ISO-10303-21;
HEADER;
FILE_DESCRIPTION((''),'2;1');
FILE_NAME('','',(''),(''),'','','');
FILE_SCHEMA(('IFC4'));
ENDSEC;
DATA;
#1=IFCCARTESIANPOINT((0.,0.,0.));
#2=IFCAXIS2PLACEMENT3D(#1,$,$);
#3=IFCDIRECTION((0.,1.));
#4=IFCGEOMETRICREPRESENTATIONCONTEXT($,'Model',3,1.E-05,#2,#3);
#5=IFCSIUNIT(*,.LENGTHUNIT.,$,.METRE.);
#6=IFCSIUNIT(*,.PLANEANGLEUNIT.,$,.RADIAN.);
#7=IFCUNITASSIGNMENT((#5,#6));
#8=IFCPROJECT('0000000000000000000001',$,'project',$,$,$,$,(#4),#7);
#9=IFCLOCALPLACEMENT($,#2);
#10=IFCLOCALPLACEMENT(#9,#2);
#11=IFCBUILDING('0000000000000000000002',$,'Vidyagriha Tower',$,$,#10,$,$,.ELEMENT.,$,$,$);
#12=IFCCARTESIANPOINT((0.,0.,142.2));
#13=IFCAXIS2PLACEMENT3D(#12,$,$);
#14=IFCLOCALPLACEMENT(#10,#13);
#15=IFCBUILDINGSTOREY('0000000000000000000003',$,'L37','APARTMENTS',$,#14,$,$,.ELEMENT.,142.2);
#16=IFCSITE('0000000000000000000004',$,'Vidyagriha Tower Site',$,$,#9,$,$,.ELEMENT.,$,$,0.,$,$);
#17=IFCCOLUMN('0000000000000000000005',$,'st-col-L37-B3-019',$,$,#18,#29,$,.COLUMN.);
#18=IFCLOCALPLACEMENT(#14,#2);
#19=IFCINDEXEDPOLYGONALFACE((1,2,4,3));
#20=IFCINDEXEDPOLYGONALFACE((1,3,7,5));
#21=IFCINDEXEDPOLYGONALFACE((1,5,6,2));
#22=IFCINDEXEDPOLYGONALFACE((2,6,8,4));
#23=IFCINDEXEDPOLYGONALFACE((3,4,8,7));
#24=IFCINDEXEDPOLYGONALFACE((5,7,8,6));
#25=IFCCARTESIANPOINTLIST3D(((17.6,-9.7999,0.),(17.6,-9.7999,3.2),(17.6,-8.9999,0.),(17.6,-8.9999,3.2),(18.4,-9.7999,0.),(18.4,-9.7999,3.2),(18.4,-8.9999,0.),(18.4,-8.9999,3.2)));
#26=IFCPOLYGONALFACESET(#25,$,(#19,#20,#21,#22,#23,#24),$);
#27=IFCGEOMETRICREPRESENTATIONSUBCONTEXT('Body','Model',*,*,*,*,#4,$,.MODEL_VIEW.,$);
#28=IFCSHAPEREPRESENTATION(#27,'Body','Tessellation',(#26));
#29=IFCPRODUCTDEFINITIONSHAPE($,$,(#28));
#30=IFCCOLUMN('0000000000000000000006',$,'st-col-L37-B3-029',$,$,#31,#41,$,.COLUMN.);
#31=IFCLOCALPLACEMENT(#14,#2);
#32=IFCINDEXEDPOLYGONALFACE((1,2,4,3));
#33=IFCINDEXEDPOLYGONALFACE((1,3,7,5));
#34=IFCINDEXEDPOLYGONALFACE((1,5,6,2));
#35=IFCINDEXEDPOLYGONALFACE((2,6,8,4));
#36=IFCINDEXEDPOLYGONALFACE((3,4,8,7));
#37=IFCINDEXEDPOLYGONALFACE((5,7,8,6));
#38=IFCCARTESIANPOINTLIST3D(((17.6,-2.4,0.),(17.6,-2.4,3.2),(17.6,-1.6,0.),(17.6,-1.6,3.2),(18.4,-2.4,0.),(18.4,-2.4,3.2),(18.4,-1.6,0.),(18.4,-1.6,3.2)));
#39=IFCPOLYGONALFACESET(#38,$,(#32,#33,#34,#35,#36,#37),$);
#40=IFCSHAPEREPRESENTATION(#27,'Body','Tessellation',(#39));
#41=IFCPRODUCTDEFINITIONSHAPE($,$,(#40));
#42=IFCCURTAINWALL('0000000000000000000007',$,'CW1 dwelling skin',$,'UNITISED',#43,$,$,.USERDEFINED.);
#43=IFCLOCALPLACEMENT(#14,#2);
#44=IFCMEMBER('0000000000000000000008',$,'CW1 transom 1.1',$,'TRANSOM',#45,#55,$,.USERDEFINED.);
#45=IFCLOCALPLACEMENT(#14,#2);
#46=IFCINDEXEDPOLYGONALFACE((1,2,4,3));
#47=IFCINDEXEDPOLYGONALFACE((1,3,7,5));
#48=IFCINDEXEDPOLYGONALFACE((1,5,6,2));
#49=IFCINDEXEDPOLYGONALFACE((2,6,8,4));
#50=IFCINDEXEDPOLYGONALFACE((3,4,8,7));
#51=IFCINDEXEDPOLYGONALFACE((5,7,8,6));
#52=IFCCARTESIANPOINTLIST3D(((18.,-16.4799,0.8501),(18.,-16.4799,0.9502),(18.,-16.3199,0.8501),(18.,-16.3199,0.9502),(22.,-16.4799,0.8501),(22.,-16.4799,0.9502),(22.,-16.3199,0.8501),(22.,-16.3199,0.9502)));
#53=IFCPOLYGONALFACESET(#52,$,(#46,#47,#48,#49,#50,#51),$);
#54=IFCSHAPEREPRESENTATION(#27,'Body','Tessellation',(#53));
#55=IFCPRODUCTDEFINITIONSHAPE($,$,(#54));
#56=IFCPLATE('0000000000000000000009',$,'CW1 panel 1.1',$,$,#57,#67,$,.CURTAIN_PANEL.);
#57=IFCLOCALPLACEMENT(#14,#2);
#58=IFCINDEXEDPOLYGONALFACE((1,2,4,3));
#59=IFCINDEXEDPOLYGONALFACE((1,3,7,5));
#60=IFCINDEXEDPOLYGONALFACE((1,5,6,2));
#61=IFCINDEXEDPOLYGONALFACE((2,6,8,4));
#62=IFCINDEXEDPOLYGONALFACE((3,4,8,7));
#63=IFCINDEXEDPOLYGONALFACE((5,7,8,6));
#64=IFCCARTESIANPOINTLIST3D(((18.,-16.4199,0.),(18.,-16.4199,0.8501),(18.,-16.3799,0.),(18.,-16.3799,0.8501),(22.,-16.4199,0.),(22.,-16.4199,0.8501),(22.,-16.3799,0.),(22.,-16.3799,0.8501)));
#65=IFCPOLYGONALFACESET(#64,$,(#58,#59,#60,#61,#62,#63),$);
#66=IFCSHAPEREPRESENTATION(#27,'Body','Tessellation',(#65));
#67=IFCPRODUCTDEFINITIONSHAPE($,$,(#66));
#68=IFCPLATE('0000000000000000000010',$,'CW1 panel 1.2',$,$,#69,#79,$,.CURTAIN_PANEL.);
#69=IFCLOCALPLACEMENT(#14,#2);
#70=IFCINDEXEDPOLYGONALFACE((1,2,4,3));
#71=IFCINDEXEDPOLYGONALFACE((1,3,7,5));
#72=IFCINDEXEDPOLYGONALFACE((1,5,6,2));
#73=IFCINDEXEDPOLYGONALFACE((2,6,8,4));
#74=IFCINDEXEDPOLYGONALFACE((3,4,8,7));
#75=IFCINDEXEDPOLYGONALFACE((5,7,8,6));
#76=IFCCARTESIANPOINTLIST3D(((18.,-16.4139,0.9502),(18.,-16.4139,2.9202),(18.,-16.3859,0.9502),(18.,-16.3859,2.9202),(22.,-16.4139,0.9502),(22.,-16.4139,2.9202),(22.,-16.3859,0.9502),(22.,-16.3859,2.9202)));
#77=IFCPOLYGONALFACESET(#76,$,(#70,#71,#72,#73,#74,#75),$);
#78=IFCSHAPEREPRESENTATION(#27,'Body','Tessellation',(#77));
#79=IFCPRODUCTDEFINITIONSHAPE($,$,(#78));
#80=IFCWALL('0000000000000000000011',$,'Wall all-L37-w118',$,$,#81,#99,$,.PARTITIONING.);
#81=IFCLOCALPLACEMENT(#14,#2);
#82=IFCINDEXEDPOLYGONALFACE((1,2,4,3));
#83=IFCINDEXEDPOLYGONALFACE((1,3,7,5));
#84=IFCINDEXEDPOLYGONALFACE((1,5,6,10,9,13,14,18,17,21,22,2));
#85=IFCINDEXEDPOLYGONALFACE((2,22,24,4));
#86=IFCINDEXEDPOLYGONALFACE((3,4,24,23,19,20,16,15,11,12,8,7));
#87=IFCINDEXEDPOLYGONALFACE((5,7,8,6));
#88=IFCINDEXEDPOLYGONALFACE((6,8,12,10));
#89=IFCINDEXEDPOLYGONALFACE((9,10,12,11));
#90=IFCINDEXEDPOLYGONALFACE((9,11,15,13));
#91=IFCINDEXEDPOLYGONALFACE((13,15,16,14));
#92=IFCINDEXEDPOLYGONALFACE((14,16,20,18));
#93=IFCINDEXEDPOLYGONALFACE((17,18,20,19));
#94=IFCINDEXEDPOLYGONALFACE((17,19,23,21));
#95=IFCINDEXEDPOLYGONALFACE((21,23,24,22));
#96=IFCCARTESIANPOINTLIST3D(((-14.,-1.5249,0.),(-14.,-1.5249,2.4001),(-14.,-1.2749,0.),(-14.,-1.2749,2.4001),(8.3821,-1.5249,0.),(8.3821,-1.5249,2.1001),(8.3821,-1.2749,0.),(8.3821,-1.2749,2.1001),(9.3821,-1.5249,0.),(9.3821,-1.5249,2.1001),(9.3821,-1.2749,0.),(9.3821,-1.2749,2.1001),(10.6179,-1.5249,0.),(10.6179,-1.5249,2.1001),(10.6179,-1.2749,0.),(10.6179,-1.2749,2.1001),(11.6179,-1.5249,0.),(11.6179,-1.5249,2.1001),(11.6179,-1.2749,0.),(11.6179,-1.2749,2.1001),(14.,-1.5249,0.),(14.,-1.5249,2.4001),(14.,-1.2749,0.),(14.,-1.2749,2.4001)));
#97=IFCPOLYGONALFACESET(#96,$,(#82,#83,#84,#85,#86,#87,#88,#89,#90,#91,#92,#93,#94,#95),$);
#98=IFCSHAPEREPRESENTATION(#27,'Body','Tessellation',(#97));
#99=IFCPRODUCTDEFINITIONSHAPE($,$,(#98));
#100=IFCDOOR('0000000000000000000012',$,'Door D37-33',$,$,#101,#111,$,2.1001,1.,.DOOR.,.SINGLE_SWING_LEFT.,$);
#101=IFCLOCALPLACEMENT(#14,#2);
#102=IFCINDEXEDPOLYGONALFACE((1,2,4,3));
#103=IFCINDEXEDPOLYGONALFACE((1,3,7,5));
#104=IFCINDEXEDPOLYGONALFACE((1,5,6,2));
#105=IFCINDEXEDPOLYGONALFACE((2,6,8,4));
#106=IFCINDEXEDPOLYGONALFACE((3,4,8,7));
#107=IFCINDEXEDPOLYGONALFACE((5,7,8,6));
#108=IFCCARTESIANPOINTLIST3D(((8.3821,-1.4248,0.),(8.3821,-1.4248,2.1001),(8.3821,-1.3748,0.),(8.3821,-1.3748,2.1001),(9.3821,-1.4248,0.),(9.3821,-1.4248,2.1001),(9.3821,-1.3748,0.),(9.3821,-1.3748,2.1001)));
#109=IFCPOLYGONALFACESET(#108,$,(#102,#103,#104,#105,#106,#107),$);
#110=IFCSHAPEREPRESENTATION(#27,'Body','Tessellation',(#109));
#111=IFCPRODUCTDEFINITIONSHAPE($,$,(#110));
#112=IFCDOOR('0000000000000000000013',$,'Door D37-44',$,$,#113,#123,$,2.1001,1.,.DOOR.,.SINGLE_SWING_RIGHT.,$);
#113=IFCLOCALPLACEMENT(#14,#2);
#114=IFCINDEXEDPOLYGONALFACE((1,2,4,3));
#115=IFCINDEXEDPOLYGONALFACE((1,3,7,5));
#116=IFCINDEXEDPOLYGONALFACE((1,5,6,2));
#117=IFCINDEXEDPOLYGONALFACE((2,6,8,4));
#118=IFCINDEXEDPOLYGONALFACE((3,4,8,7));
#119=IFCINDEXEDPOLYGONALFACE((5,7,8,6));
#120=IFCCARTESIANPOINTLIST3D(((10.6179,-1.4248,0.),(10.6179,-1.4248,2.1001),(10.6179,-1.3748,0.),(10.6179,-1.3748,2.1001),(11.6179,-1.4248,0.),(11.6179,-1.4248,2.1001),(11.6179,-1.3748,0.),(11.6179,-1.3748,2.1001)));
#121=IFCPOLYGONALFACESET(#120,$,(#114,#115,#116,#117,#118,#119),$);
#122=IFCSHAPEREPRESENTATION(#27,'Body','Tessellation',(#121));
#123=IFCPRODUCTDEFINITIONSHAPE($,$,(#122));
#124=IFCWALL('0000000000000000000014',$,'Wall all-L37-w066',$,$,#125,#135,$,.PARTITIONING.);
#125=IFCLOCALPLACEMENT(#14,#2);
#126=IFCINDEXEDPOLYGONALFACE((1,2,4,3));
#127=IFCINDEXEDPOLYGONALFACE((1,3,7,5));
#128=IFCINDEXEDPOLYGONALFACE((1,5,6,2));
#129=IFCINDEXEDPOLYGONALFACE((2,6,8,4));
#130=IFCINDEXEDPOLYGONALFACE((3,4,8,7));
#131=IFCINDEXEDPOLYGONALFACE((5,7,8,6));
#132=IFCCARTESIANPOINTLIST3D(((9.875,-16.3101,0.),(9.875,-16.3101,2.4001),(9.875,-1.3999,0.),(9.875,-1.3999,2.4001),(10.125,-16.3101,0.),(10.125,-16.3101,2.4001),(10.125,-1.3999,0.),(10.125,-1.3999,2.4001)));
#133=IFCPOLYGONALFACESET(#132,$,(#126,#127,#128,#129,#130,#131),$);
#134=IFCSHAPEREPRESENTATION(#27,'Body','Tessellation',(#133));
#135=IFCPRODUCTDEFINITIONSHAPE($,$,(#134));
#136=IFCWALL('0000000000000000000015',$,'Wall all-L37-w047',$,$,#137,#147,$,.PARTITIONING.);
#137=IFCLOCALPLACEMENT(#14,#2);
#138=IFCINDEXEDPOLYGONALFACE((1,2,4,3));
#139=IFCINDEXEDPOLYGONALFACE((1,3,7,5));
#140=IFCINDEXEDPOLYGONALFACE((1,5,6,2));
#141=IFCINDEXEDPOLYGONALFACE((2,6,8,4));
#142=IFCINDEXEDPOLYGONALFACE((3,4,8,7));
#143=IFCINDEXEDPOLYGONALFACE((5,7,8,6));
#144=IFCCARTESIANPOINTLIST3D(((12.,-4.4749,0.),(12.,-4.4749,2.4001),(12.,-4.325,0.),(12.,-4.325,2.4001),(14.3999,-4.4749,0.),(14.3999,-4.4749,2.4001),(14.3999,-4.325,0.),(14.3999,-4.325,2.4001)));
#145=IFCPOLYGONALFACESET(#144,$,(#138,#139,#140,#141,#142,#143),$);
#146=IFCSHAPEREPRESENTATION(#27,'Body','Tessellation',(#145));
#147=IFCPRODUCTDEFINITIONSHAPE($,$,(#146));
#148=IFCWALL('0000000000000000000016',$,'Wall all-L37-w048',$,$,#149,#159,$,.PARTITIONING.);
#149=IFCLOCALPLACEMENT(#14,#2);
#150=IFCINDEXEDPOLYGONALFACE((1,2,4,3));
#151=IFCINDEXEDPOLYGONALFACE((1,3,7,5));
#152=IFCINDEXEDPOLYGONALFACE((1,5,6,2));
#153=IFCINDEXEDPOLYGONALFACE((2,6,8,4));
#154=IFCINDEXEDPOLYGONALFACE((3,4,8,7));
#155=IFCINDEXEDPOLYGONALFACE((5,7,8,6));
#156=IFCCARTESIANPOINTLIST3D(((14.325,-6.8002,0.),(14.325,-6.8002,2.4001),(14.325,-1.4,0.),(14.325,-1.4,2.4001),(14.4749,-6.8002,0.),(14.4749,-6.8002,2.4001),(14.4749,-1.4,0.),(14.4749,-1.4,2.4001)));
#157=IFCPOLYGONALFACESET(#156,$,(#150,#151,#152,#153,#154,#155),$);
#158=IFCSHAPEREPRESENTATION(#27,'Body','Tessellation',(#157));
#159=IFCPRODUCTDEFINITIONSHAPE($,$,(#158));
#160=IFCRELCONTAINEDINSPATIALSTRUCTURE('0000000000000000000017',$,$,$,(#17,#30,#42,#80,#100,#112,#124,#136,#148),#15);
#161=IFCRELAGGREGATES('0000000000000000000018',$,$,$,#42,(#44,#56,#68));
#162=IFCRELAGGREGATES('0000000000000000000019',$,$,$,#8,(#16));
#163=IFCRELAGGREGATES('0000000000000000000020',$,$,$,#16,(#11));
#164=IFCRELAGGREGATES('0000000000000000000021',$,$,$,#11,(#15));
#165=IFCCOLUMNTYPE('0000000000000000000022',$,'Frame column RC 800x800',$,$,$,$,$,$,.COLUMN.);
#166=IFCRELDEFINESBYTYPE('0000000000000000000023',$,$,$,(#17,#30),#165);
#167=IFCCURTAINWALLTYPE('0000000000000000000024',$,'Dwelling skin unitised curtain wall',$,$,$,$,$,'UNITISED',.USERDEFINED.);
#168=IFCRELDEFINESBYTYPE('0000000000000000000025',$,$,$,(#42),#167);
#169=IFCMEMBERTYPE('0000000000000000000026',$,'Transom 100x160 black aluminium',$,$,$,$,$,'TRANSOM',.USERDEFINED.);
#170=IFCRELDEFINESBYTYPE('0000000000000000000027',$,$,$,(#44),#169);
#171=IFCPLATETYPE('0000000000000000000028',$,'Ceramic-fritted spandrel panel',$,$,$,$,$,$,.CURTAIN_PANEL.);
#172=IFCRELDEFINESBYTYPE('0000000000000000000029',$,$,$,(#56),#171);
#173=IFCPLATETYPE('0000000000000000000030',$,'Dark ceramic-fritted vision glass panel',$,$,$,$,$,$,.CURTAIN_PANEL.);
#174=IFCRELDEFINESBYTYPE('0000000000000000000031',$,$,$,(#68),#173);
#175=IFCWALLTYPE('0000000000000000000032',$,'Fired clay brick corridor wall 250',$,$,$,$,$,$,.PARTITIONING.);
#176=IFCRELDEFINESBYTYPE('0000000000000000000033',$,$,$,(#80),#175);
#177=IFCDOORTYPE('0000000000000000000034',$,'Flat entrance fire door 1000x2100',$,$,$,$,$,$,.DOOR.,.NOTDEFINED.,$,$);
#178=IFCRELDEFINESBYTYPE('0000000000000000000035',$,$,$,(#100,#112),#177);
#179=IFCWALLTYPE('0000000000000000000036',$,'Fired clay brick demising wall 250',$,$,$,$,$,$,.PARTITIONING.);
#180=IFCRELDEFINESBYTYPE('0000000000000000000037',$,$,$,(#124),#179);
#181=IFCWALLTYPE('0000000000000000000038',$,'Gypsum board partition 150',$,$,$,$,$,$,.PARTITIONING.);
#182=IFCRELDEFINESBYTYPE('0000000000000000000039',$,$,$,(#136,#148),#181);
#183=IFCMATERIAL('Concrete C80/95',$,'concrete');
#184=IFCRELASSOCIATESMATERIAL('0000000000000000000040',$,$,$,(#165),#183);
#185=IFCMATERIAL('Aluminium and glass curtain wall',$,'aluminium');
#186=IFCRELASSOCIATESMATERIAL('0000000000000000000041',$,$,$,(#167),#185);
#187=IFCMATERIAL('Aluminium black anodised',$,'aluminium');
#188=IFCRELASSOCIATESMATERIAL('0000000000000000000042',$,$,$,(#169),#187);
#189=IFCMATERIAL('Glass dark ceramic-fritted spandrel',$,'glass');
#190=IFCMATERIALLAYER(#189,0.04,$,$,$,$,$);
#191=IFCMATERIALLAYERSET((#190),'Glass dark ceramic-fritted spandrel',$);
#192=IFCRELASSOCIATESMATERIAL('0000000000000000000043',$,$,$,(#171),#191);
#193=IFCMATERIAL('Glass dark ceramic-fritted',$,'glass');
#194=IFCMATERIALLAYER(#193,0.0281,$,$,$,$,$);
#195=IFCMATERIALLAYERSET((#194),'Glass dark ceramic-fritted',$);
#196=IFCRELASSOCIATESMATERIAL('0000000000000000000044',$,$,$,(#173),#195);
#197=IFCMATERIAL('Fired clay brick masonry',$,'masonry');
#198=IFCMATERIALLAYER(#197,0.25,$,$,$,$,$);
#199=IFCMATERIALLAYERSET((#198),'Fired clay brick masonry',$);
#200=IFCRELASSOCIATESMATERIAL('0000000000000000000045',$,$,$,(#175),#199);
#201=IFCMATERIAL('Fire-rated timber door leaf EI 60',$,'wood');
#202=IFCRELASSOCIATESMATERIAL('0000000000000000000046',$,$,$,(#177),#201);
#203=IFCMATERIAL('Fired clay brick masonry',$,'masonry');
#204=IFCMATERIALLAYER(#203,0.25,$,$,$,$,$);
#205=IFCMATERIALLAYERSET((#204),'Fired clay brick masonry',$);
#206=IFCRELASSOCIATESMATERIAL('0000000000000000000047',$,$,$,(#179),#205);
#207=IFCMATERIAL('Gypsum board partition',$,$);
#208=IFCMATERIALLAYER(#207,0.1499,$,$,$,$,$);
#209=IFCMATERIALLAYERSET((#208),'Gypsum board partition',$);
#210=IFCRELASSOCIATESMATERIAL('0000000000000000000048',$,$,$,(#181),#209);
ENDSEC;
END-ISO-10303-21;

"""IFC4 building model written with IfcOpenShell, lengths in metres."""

from ifc_helpers import new_model, si_unit, direction, frame, frame_2d, origin, origin_2d, place, context, subcontext, project, spatial, rectangle, extrude, material, layer, layer_set, material_profile, profile_set, type_object, element, fill, aggregate, save


model = new_model("IFC4")

# Units and contexts
model_context = context("Model", 3, precision=1e-05, world=origin(), true_north=direction((0.0, 1.0)))
body_context = subcontext(model_context, "Body", "Model", "MODEL_VIEW")
ifc_project = project(units=[si_unit("LENGTHUNIT", "METRE"), si_unit("PLANEANGLEUNIT", "RADIAN")], contexts=[model_context])

# Site, building, storey
site_placement = place(None, origin())
site = spatial("IfcSite", under=ifc_project, at=site_placement, Name="Vidyagriha Tower Site", CompositionType="ELEMENT", RefElevation=0.0)
building_placement = place(site_placement, origin())
building = spatial("IfcBuilding", under=site, at=building_placement, Name="Vidyagriha Tower", CompositionType="ELEMENT")
storey_placement = place(building_placement, frame((0.0, 0.0, 142.2)))
storey = spatial("IfcBuildingStorey", under=building, at=storey_placement, Name="L37", Description="APARTMENTS", CompositionType="ELEMENT", Elevation=142.2)

# Columns
ifc_material_1 = material(Name="Concrete C80/95", Category="concrete")
ifc_material_profile_1 = material_profile(ifc_material_1, rectangle(XDim=0.8, YDim=0.8, at=origin_2d()), Name="RC 800x800")
ifc_profile_set_1 = profile_set([ifc_material_profile_1], Name="Concrete C80/95")
column_type = type_object("IfcColumnType", Name="Frame column RC 800x800", PredefinedType="COLUMN", material=ifc_profile_set_1)
for number, where, name in (
    (1, (18.0, -9.3999, 0.0), "st-col-L37-B3-019"),
    (2, (18.0, -2.0, 0.0), "st-col-L37-B3-029"),
):
    element("IfcColumn", number, at=place(storey_placement, frame(where)), inside=storey, type_object=column_type, Name=name, PredefinedType="COLUMN", context=body_context, shape_type="SweptSolid", body=[
        extrude(rectangle(XDim=0.8, YDim=0.8, at=origin_2d()), origin(), (0.0, 0.0, 1.0), 3.2),
    ])

# Curtain wall, member, plates
ifc_material_2 = material(Name="Aluminium and glass curtain wall", Category="aluminium")
curtain_wall_type = type_object("IfcCurtainWallType", Name="Dwelling skin unitised curtain wall", ElementType="UNITISED", PredefinedType="USERDEFINED", material=ifc_material_2)
curtain_wall_placement = place(storey_placement, origin())
curtain_wall = element("IfcCurtainWall", 3, at=curtain_wall_placement, inside=storey, type_object=curtain_wall_type, Name="CW1 dwelling skin", ObjectType="UNITISED", PredefinedType="USERDEFINED")
ifc_material_3 = material(Name="Aluminium black anodised", Category="aluminium")
ifc_material_profile_2 = material_profile(ifc_material_3, rectangle(XDim=0.1599, YDim=0.1001, at=origin_2d()), Name="Transom 100x160 black aluminium")
ifc_profile_set_2 = profile_set([ifc_material_profile_2], Name="Aluminium black anodised")
member_type = type_object("IfcMemberType", Name="Transom 100x160 black aluminium", ElementType="TRANSOM", PredefinedType="USERDEFINED", material=ifc_profile_set_2)
member_placement = place(storey_placement, frame((18.0, -16.3999, 0.9001), z_axis=(1.0, 0.0, 0.0), x_axis=(0.0, 1.0, 0.0)))
member = element("IfcMember", 4, at=member_placement, type_object=member_type, Name="CW1 transom 1.1", ObjectType="TRANSOM", PredefinedType="USERDEFINED", context=body_context, shape_type="SweptSolid", body=[
    extrude(rectangle(XDim=0.1599, YDim=0.1001, at=origin_2d()), origin(), (0.0, 0.0, 1.0), 4.0),
])
ifc_material_4 = material(Name="Glass dark ceramic-fritted spandrel", Category="glass")
ifc_layer_1 = layer(ifc_material_4, 0.04)
ifc_layer_set_1 = layer_set([ifc_layer_1], Name="Glass dark ceramic-fritted spandrel")
plate_type_1 = type_object("IfcPlateType", Name="Ceramic-fritted spandrel panel", PredefinedType="CURTAIN_PANEL", material=ifc_layer_set_1)
plate_1_placement = place(storey_placement, frame((20.0, -16.3999, 0.0)))
plate_1 = element("IfcPlate", 5, at=plate_1_placement, type_object=plate_type_1, Name="CW1 panel 1.1", PredefinedType="CURTAIN_PANEL", context=body_context, shape_type="SweptSolid", body=[
    extrude(rectangle(XDim=4.0, YDim=0.04, at=origin_2d()), origin(), (0.0, 0.0, 1.0), 0.8501),
])
ifc_material_5 = material(Name="Glass dark ceramic-fritted", Category="glass")
ifc_layer_2 = layer(ifc_material_5, 0.0281)
ifc_layer_set_2 = layer_set([ifc_layer_2], Name="Glass dark ceramic-fritted")
plate_type_2 = type_object("IfcPlateType", Name="Dark ceramic-fritted vision glass panel", PredefinedType="CURTAIN_PANEL", material=ifc_layer_set_2)
plate_2_placement = place(storey_placement, frame((20.0, -16.3999, 0.9502)))
plate_2 = element("IfcPlate", 6, at=plate_2_placement, type_object=plate_type_2, Name="CW1 panel 1.2", PredefinedType="CURTAIN_PANEL", context=body_context, shape_type="SweptSolid", body=[
    extrude(rectangle(XDim=4.0, YDim=0.0281, at=origin_2d()), origin(), (0.0, 0.0, 1.0), 1.97),
])
aggregate(curtain_wall, [member, plate_1, plate_2])

# Wall, openings, doors
ifc_material_6 = material(Name="Fired clay brick masonry", Category="masonry")
ifc_layer_3 = layer(ifc_material_6, 0.25)
ifc_layer_set_3 = layer_set([ifc_layer_3], Name="Fired clay brick masonry")
wall_type_1 = type_object("IfcWallType", Name="Fired clay brick corridor wall 250", PredefinedType="PARTITIONING", material=ifc_layer_set_3)
wall_1_placement = place(storey_placement, frame((14.0, -1.3999, 0.0), z_axis=(0.0, 0.0, 1.0), x_axis=(-1.0, 0.0, 0.0)))
wall_1 = element("IfcWall", 7, at=wall_1_placement, inside=storey, type_object=wall_type_1, Name="Wall all-L37-w118", PredefinedType="PARTITIONING", context=body_context, shape_type="SweptSolid", body=[
    extrude(rectangle(XDim=28.0, YDim=0.25, at=frame_2d((14.0, 0.0))), origin(), (0.0, 0.0, 1.0), 2.4001),
])
opening_1_placement = place(wall_1_placement, frame((4.6179, 0.0, 0.0)))
opening_1 = element("IfcOpeningElement", 8, at=opening_1_placement, cuts=wall_1, PredefinedType="OPENING", context=body_context, shape_type="SweptSolid", body=[
    extrude(rectangle(XDim=1.0, YDim=2.1001, at=frame_2d((0.5, 1.05))), frame((0.0, 0.135, 0.0), z_axis=(0.0, -1.0, 0.0), x_axis=(1.0, 0.0, 0.0)), (0.0, 0.0, 1.0), 0.27),
])
opening_2_placement = place(wall_1_placement, frame((2.3821, 0.0, 0.0)))
opening_2 = element("IfcOpeningElement", 9, at=opening_2_placement, cuts=wall_1, PredefinedType="OPENING", context=body_context, shape_type="SweptSolid", body=[
    extrude(rectangle(XDim=1.0, YDim=2.1001, at=frame_2d((0.5, 1.05))), frame((0.0, 0.135, 0.0), z_axis=(0.0, -1.0, 0.0), x_axis=(1.0, 0.0, 0.0)), (0.0, 0.0, 1.0), 0.27),
])
ifc_material_7 = material(Name="Fire-rated timber door leaf EI 60", Category="wood")
door_type_1 = type_object("IfcDoorType", Name="Flat entrance fire door 1000x2100", OperationType="NOTDEFINED", PredefinedType="DOOR", material=ifc_material_7)
door_1_placement = place(opening_1_placement, origin())
door_1 = element("IfcDoor", 10, at=door_1_placement, inside=storey, type_object=door_type_1, Name="Door D37-33", OperationType="SINGLE_SWING_LEFT", OverallHeight=2.1001, OverallWidth=1.0, PredefinedType="DOOR", context=body_context, shape_type="SweptSolid", body=[
    extrude(rectangle(XDim=1.0, YDim=2.1001, at=frame_2d((0.5, 1.05))), frame((0.0, 0.0249, 0.0), z_axis=(0.0, -1.0, 0.0), x_axis=(1.0, 0.0, 0.0)), (0.0, 0.0, 1.0), 0.05),
])
fill(opening_1, door_1)
door_2_placement = place(opening_2_placement, origin())
door_2 = element("IfcDoor", 11, at=door_2_placement, inside=storey, type_object=door_type_1, Name="Door D37-44", OperationType="SINGLE_SWING_RIGHT", OverallHeight=2.1001, OverallWidth=1.0, PredefinedType="DOOR", context=body_context, shape_type="SweptSolid", body=[
    extrude(rectangle(XDim=1.0, YDim=2.1001, at=frame_2d((0.5, 1.05))), frame((0.0, 0.0249, 0.0), z_axis=(0.0, -1.0, 0.0), x_axis=(1.0, 0.0, 0.0)), (0.0, 0.0, 1.0), 0.05),
])
fill(opening_2, door_2)

# Walls
ifc_material_8 = material(Name="Fired clay brick masonry", Category="masonry")
ifc_layer_4 = layer(ifc_material_8, 0.25)
ifc_layer_set_4 = layer_set([ifc_layer_4], Name="Fired clay brick masonry")
wall_type_2 = type_object("IfcWallType", Name="Fired clay brick demising wall 250", PredefinedType="PARTITIONING", material=ifc_layer_set_4)
wall_2_placement = place(storey_placement, frame((10.0, -1.3999, 0.0), z_axis=(0.0, 0.0, 1.0), x_axis=(0.0, -1.0, 0.0)))
element("IfcWall", 12, at=wall_2_placement, inside=storey, type_object=wall_type_2, Name="Wall all-L37-w066", PredefinedType="PARTITIONING", context=body_context, shape_type="SweptSolid", body=[
    extrude(rectangle(XDim=14.9102, YDim=0.25, at=frame_2d((7.4551, 0.0))), origin(), (0.0, 0.0, 1.0), 2.4001),
])
ifc_material_9 = material(Name="Gypsum board partition")
ifc_layer_5 = layer(ifc_material_9, 0.1499)
ifc_layer_set_5 = layer_set([ifc_layer_5], Name="Gypsum board partition")
wall_type_3 = type_object("IfcWallType", Name="Gypsum board partition 150", PredefinedType="PARTITIONING", material=ifc_layer_set_5)
wall_3_placement = place(storey_placement, frame((14.3999, -4.3999, 0.0), z_axis=(0.0, 0.0, 1.0), x_axis=(-1.0, 0.0, 0.0)))
element("IfcWall", 13, at=wall_3_placement, inside=storey, type_object=wall_type_3, Name="Wall all-L37-w047", PredefinedType="PARTITIONING", context=body_context, shape_type="SweptSolid", body=[
    extrude(rectangle(XDim=2.3999, YDim=0.1499, at=frame_2d((1.2, 0.0))), origin(), (0.0, 0.0, 1.0), 2.4001),
])
wall_4_placement = place(storey_placement, frame((14.3999, -1.3999, 0.0), z_axis=(0.0, 0.0, 1.0), x_axis=(0.0, -1.0, 0.0)))
element("IfcWall", 14, at=wall_4_placement, inside=storey, type_object=wall_type_3, Name="Wall all-L37-w048", PredefinedType="PARTITIONING", context=body_context, shape_type="SweptSolid", body=[
    extrude(rectangle(XDim=5.4001, YDim=0.1499, at=frame_2d((2.7002, 0.0))), origin(), (0.0, 0.0, 1.0), 2.4001),
])

save(model, "model.ifc")
